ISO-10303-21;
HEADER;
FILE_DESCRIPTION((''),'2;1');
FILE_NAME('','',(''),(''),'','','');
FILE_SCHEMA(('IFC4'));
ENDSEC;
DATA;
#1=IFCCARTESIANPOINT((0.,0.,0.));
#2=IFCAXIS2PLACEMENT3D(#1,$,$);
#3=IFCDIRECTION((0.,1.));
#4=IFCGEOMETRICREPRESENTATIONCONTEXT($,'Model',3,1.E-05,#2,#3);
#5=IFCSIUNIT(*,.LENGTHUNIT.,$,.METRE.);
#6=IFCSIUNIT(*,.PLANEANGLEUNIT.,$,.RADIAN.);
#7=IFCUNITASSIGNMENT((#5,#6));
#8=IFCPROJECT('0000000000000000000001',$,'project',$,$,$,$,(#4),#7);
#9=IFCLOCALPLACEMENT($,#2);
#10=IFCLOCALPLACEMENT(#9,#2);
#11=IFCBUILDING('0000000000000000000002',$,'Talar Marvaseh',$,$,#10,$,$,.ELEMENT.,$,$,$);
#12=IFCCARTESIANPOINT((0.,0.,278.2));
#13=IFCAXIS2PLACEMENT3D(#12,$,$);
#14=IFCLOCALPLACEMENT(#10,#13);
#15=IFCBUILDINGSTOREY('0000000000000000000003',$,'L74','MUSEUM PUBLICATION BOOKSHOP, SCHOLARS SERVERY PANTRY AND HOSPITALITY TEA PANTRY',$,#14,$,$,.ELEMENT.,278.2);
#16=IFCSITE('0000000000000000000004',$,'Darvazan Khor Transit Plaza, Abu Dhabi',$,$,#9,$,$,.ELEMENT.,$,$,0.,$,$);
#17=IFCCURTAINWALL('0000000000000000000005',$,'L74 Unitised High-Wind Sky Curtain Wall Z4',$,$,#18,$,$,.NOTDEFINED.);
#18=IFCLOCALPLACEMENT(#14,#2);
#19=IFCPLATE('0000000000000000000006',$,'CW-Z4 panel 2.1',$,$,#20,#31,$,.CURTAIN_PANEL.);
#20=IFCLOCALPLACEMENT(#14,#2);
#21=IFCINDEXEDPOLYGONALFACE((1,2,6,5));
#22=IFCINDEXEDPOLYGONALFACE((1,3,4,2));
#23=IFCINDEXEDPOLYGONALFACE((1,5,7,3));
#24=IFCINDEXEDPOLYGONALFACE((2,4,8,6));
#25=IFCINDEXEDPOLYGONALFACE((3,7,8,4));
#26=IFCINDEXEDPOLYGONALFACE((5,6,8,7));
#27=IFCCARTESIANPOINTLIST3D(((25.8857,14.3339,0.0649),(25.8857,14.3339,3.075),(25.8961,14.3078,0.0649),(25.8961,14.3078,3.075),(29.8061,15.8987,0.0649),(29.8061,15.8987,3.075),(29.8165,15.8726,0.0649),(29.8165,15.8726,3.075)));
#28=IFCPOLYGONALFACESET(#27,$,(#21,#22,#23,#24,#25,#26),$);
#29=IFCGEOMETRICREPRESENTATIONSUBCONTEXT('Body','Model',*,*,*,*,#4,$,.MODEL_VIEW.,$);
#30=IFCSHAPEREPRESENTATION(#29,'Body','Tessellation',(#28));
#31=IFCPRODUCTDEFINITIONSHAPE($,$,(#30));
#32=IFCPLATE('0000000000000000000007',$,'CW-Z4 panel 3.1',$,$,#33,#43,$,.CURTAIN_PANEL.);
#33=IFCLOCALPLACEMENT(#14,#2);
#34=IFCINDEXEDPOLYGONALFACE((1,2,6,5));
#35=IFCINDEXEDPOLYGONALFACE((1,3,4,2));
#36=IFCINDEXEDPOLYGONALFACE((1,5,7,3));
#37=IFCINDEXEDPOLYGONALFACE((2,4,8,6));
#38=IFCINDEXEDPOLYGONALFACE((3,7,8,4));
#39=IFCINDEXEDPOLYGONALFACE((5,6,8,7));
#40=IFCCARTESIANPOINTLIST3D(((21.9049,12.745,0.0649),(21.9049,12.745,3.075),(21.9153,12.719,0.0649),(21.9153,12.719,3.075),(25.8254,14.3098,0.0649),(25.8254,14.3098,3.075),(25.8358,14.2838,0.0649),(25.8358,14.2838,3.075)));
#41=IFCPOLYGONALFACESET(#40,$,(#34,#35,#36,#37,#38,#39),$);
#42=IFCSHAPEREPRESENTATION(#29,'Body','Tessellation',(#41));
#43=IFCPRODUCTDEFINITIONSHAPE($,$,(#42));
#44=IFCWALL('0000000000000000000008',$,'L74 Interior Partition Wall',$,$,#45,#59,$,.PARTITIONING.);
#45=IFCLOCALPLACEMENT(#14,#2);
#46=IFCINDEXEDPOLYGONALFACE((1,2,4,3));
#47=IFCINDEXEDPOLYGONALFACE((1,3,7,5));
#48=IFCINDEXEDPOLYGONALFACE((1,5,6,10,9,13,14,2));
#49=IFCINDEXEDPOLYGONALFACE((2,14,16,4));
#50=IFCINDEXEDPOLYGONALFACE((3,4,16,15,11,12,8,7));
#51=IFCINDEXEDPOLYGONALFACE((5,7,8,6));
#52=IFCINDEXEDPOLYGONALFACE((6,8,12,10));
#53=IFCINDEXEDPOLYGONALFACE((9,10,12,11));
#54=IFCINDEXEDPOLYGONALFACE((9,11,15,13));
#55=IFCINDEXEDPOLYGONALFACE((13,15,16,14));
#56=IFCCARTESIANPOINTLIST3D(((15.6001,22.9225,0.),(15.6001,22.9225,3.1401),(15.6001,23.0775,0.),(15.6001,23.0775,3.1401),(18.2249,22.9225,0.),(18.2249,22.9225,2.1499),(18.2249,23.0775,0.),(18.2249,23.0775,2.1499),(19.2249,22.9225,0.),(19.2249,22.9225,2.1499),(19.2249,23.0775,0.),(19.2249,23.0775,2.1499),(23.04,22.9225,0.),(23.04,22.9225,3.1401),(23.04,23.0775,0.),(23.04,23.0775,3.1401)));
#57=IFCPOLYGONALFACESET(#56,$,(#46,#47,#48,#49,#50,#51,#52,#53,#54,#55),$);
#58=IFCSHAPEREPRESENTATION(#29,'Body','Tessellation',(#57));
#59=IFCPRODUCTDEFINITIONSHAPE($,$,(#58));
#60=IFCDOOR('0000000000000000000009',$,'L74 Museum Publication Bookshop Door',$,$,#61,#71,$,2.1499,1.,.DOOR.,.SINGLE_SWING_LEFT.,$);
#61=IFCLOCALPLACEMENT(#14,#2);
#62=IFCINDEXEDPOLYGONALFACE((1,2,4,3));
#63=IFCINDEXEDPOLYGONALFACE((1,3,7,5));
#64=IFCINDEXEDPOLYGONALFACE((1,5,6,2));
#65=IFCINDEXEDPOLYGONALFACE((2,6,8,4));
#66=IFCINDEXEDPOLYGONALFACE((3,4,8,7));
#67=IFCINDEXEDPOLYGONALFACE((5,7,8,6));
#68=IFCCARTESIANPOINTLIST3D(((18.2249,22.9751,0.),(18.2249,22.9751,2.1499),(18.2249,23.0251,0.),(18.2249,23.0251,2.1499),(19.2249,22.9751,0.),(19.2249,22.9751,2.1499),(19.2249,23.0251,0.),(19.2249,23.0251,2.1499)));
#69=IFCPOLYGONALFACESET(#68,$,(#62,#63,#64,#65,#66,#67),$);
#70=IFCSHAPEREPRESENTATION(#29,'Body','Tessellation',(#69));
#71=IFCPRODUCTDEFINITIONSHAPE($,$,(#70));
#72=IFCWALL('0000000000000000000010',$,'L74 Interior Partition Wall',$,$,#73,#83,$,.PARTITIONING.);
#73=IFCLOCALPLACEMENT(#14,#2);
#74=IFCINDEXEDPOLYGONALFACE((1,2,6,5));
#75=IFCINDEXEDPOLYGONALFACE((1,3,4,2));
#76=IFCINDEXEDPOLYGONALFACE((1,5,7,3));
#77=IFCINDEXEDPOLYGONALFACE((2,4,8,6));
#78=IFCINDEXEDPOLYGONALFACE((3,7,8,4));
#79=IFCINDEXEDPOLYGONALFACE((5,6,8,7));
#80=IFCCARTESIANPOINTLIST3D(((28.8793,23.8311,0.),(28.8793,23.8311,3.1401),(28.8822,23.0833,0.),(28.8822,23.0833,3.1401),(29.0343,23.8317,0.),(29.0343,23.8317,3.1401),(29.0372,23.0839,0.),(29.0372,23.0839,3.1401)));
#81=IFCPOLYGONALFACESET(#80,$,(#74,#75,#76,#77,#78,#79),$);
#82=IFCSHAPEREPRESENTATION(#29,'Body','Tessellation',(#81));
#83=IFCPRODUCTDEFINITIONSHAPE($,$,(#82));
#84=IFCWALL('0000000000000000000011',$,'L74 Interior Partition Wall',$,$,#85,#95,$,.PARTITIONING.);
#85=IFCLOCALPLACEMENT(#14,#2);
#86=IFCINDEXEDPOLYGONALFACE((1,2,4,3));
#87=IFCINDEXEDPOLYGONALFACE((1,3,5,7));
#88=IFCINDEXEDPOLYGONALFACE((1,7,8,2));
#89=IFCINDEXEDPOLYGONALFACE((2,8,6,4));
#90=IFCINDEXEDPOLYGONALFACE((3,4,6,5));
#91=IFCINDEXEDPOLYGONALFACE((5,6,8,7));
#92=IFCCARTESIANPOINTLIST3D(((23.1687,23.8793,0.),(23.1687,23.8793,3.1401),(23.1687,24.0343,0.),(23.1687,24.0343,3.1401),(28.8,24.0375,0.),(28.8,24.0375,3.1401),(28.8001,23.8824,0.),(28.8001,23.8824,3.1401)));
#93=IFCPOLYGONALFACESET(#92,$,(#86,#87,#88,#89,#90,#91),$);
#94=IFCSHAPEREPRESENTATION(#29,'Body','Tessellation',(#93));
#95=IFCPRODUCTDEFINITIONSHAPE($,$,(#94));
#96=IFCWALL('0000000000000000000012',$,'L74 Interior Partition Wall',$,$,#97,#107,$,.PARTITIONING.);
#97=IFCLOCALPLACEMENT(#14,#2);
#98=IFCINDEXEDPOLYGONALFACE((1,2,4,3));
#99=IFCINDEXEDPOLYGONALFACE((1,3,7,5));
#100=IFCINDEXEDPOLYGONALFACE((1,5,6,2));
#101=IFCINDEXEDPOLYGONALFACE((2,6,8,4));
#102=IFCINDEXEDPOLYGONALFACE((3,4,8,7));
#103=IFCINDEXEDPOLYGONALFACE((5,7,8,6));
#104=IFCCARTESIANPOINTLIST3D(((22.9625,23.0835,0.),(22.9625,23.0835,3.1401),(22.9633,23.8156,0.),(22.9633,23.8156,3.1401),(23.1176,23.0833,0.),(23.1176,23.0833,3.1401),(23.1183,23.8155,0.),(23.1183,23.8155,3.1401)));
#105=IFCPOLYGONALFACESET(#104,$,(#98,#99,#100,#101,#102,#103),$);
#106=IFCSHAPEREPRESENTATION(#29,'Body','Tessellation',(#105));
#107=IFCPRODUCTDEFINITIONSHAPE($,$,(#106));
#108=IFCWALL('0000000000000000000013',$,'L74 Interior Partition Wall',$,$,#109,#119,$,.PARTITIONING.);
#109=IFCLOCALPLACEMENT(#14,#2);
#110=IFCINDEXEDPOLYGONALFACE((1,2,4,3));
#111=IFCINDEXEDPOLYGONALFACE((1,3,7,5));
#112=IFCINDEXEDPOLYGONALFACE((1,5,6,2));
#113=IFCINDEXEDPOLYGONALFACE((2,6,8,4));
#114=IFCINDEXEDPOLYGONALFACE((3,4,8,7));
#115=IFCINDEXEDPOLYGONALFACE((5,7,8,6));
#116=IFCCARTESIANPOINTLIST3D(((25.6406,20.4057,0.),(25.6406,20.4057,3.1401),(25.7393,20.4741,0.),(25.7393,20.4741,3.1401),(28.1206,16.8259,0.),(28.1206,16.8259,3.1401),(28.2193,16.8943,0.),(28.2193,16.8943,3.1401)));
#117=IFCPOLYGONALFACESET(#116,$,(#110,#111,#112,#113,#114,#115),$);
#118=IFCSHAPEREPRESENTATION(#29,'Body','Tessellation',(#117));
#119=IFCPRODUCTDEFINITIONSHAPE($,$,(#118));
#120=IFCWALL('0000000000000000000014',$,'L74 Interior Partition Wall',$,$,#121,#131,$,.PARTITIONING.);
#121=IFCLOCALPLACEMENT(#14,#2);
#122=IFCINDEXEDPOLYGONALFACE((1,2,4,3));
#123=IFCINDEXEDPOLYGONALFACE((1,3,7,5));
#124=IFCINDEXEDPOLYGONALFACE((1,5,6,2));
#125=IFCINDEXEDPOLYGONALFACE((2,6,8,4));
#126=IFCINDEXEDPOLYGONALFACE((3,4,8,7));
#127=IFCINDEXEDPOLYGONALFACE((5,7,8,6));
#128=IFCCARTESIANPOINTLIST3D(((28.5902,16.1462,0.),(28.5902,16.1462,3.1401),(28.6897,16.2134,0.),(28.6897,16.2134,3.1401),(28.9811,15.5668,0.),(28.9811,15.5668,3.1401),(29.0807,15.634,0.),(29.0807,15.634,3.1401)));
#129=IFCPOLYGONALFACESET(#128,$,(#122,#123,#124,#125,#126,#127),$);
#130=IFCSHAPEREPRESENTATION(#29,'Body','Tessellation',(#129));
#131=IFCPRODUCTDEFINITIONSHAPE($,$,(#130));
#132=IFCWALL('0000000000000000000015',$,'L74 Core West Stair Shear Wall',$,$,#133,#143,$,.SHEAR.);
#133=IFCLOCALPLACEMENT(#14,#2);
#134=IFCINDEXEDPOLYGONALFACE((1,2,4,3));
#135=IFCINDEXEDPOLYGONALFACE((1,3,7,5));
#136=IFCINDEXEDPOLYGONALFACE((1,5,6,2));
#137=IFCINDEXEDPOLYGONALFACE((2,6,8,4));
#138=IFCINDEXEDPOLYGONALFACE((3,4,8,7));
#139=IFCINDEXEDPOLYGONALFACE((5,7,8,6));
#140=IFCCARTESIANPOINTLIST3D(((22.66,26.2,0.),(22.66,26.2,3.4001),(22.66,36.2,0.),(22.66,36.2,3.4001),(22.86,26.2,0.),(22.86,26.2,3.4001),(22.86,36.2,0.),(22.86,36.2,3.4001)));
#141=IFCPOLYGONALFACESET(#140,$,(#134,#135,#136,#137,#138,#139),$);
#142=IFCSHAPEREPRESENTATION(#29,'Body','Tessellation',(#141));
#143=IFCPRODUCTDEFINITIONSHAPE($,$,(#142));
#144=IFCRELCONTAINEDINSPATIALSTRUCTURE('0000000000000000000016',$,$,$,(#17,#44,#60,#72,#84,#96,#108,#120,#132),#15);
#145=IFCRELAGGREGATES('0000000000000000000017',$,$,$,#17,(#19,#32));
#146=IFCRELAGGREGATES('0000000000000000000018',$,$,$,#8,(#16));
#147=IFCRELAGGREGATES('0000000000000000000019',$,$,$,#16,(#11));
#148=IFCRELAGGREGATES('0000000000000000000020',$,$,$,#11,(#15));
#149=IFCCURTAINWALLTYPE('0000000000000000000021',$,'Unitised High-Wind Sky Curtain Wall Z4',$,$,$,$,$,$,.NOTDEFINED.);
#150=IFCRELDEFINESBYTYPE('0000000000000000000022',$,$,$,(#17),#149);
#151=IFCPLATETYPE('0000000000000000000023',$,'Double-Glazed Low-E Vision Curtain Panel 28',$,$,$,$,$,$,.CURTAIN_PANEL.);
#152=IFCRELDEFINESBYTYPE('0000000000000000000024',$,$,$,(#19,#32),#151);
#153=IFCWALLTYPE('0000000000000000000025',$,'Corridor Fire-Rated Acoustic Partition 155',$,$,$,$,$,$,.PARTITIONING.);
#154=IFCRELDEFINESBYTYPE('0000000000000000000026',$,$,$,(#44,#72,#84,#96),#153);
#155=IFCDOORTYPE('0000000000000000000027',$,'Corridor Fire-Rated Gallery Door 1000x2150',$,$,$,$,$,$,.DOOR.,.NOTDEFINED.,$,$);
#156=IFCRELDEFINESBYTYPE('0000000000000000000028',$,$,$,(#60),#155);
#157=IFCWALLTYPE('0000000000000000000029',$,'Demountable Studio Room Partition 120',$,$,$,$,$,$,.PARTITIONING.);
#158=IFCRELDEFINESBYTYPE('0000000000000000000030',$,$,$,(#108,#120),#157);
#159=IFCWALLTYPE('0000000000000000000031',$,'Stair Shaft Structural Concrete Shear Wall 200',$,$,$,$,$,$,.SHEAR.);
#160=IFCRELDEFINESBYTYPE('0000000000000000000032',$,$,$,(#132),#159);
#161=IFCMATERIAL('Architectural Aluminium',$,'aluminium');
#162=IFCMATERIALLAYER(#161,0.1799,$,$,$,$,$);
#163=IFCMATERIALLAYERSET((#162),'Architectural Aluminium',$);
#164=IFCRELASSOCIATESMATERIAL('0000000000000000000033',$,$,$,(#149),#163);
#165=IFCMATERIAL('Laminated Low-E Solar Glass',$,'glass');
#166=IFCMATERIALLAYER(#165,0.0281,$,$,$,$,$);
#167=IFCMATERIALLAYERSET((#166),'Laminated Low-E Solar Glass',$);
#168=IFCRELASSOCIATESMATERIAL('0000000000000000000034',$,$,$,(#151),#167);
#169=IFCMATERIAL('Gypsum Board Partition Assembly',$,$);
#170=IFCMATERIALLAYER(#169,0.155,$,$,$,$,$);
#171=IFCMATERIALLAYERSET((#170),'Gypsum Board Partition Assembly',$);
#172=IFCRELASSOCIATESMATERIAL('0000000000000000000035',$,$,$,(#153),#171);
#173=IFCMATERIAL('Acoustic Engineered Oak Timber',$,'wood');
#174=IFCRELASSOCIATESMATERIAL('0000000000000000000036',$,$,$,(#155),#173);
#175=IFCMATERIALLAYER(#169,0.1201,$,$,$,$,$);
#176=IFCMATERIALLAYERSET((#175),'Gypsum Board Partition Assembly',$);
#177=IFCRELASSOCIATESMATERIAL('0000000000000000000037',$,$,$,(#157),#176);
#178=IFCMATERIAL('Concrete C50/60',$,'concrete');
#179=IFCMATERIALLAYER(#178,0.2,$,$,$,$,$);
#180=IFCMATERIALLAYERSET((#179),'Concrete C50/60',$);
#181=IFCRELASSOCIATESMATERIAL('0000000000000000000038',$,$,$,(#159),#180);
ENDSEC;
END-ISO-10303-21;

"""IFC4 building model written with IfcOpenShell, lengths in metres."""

from ifc_helpers import new_model, si_unit, direction, frame, frame_2d, origin, origin_2d, place, context, subcontext, project, spatial, rectangle, extrude, source, transform, mapped, material, layer, layer_set, type_object, type_shapes, element, fill, aggregate, save


model = new_model("IFC4")

# Units and contexts
model_context = context("Model", 3, precision=1e-05, world=origin(), true_north=direction((0.0, 1.0)))
body_context = subcontext(model_context, "Body", "Model", "MODEL_VIEW")
ifc_project = project(units=[si_unit("LENGTHUNIT", "METRE"), si_unit("PLANEANGLEUNIT", "RADIAN")], contexts=[model_context])

# Site, building, storey
site_placement = place(None, origin())
site = spatial("IfcSite", under=ifc_project, at=site_placement, Name="Darvazan Khor Transit Plaza, Abu Dhabi", CompositionType="ELEMENT", RefElevation=0.0)
building_placement = place(site_placement, origin())
building = spatial("IfcBuilding", under=site, at=building_placement, Name="Talar Marvaseh", CompositionType="ELEMENT")
storey_placement = place(building_placement, frame((0.0, 0.0, 278.2)))
storey = spatial("IfcBuildingStorey", under=building, at=storey_placement, Name="L74", Description="MUSEUM PUBLICATION BOOKSHOP, SCHOLARS SERVERY PANTRY AND HOSPITALITY TEA PANTRY", CompositionType="ELEMENT", Elevation=278.2)

# Shared definitions
ifc_material_1 = material(Name="Concrete C50/60", Category="concrete")

# Curtain wall, plates
ifc_material_2 = material(Name="Architectural Aluminium", Category="aluminium")
ifc_layer_1 = layer(ifc_material_2, 0.1799)
ifc_layer_set_1 = layer_set([ifc_layer_1], Name="Architectural Aluminium")
curtain_wall_type = type_object("IfcCurtainWallType", Name="Unitised High-Wind Sky Curtain Wall Z4", PredefinedType="NOTDEFINED", material=ifc_layer_set_1)
curtain_wall_placement = place(storey_placement, origin())
curtain_wall = element("IfcCurtainWall", 1, at=curtain_wall_placement, inside=storey, type_object=curtain_wall_type, Name="L74 Unitised High-Wind Sky Curtain Wall Z4", PredefinedType="NOTDEFINED")
ifc_material_3 = material(Name="Laminated Low-E Solar Glass", Category="glass")
ifc_layer_2 = layer(ifc_material_3, 0.0281)
ifc_layer_set_2 = layer_set([ifc_layer_2], Name="Laminated Low-E Solar Glass")
plate_type = type_object("IfcPlateType", Name="Double-Glazed Low-E Vision Curtain Panel 28", PredefinedType="CURTAIN_PANEL", material=ifc_layer_set_2)
shared_shape_1 = source(origin(), body_context, "Body", "SweptSolid", [
    extrude(rectangle(XDim=4.2212, YDim=0.0281, at=origin_2d()), origin(), (0.0, 0.0, 1.0), 3.01),
])
type_shapes(plate_type, [shared_shape_1])
plate_1_placement = place(storey_placement, frame((27.8511, 15.1033, 0.0649), z_axis=(0.0, 0.0, 1.0), x_axis=(-0.928752, -0.370702, 0.0)))
plate_1 = element("IfcPlate", 2, at=plate_1_placement, type_object=plate_type, Name="CW-Z4 panel 2.1", PredefinedType="CURTAIN_PANEL", context=body_context, shape_type="MappedRepresentation", body=[
    mapped(shared_shape_1, transform((0.0, 0.0, 0.0), x_axis=(1.0, 0.0, 0.0), y_axis=(0.0, 1.0, 0.0), z_axis=(0.0, 0.0, 1.0), scale=1.0)),
])
plate_2_placement = place(storey_placement, frame((23.8704, 13.5144, 0.0649), z_axis=(0.0, 0.0, 1.0), x_axis=(-0.928752, -0.370702, 0.0)))
plate_2 = element("IfcPlate", 3, at=plate_2_placement, type_object=plate_type, Name="CW-Z4 panel 3.1", PredefinedType="CURTAIN_PANEL", context=body_context, shape_type="MappedRepresentation", body=[
    mapped(shared_shape_1, transform((0.0, 0.0, 0.0), x_axis=(1.0, 0.0, 0.0), y_axis=(0.0, 1.0, 0.0), z_axis=(0.0, 0.0, 1.0), scale=1.0)),
])
aggregate(curtain_wall, [plate_1, plate_2])

# Wall, opening, door
ifc_material_4 = material(Name="Gypsum Board Partition Assembly")
ifc_layer_3 = layer(ifc_material_4, 0.155)
ifc_layer_set_3 = layer_set([ifc_layer_3], Name="Gypsum Board Partition Assembly")
wall_type_1 = type_object("IfcWallType", Name="Corridor Fire-Rated Acoustic Partition 155", PredefinedType="PARTITIONING", material=ifc_layer_set_3)
wall_1_placement = place(storey_placement, frame((23.04, 23.0, 0.0), z_axis=(0.0, 0.0, 1.0), x_axis=(-1.0, 0.0, 0.0)))
wall_1 = element("IfcWall", 4, at=wall_1_placement, inside=storey, type_object=wall_type_1, Name="L74 Interior Partition Wall", PredefinedType="PARTITIONING", context=body_context, shape_type="SweptSolid", body=[
    extrude(rectangle(XDim=7.4399, YDim=0.155, at=frame_2d((3.72, 0.0))), origin(), (0.0, 0.0, 1.0), 3.1401),
])
opening_placement = place(wall_1_placement, frame((3.8152, 0.0, 0.0)))
opening = element("IfcOpeningElement", 5, at=opening_placement, cuts=wall_1, PredefinedType="OPENING", context=body_context, shape_type="SweptSolid", body=[
    extrude(rectangle(XDim=1.0, YDim=2.1499, at=frame_2d((0.5, 1.075))), frame((0.0, 0.0874, 0.0), z_axis=(0.0, -1.0, 0.0), x_axis=(1.0, 0.0, 0.0)), (0.0, 0.0, 1.0), 0.175),
])
ifc_material_5 = material(Name="Acoustic Engineered Oak Timber", Category="wood")
door_type = type_object("IfcDoorType", Name="Corridor Fire-Rated Gallery Door 1000x2150", OperationType="NOTDEFINED", PredefinedType="DOOR", material=ifc_material_5)
shared_shape_2 = source(origin(), body_context, "Body", "SweptSolid", [
    extrude(rectangle(XDim=1.0, YDim=2.1499, at=frame_2d((0.5, 1.075))), frame((0.0, 0.0249, 0.0), z_axis=(0.0, -1.0, 0.0), x_axis=(1.0, 0.0, 0.0)), (0.0, 0.0, 1.0), 0.05),
])
type_shapes(door_type, [shared_shape_2])
door_placement = place(opening_placement, origin())
door = element("IfcDoor", 6, at=door_placement, inside=storey, type_object=door_type, Name="L74 Museum Publication Bookshop Door", OperationType="SINGLE_SWING_LEFT", OverallHeight=2.1499, OverallWidth=1.0, PredefinedType="DOOR", context=body_context, shape_type="MappedRepresentation", body=[
    mapped(shared_shape_2, transform((0.0, 0.0, 0.0), x_axis=(1.0, 0.0, 0.0), y_axis=(0.0, 1.0, 0.0), z_axis=(0.0, 0.0, 1.0), scale=1.0)),
])
fill(opening, door)

# Walls
wall_2_placement = place(storey_placement, frame((28.9597, 23.0835, 0.0), z_axis=(0.0, 0.0, 1.0), x_axis=(-0.003918, 0.999992, 0.0)))
element("IfcWall", 7, at=wall_2_placement, inside=storey, type_object=wall_type_1, Name="L74 Interior Partition Wall", PredefinedType="PARTITIONING", context=body_context, shape_type="SweptSolid", body=[
    extrude(rectangle(XDim=0.7478, YDim=0.155, at=frame_2d((0.374, 0.0))), origin(), (0.0, 0.0, 1.0), 3.1401),
])
wall_3_placement = place(storey_placement, frame((28.8, 23.96, 0.0), z_axis=(0.0, 0.0, 1.0), x_axis=(-1.0, -0.000564, 0.0)))
element("IfcWall", 8, at=wall_3_placement, inside=storey, type_object=wall_type_1, Name="L74 Interior Partition Wall", PredefinedType="PARTITIONING", context=body_context, shape_type="SweptSolid", body=[
    extrude(rectangle(XDim=5.6313, YDim=0.155, at=frame_2d((2.8157, 0.0))), origin(), (0.0, 0.0, 1.0), 3.1401),
])
wall_4_placement = place(storey_placement, frame((23.0408, 23.8157, 0.0), z_axis=(0.0, 0.0, 1.0), x_axis=(-0.001, -0.999999, 0.0)))
element("IfcWall", 9, at=wall_4_placement, inside=storey, type_object=wall_type_1, Name="L74 Interior Partition Wall", PredefinedType="PARTITIONING", context=body_context, shape_type="SweptSolid", body=[
    extrude(rectangle(XDim=0.7322, YDim=0.155, at=frame_2d((0.3662, 0.0))), origin(), (0.0, 0.0, 1.0), 3.1401),
])
ifc_layer_4 = layer(ifc_material_4, 0.1201)
ifc_layer_set_4 = layer_set([ifc_layer_4], Name="Gypsum Board Partition Assembly")
wall_type_2 = type_object("IfcWallType", Name="Demountable Studio Room Partition 120", PredefinedType="PARTITIONING", material=ifc_layer_set_4)
wall_5_placement = place(storey_placement, frame((25.6899, 20.4399, 0.0), z_axis=(0.0, 0.0, 1.0), x_axis=(0.569464, -0.822017, 0.0)))
element("IfcWall", 10, at=wall_5_placement, inside=storey, type_object=wall_type_2, Name="L74 Interior Partition Wall", PredefinedType="PARTITIONING", context=body_context, shape_type="SweptSolid", body=[
    extrude(rectangle(XDim=4.355, YDim=0.1201, at=frame_2d((2.1775, 0.0))), origin(), (0.0, 0.0, 1.0), 3.1401),
])
wall_6_placement = place(storey_placement, frame((28.6399, 16.1799, 0.0), z_axis=(0.0, 0.0, 1.0), x_axis=(0.559287, -0.828974, 0.0)))
element("IfcWall", 11, at=wall_6_placement, inside=storey, type_object=wall_type_2, Name="L74 Interior Partition Wall", PredefinedType="PARTITIONING", context=body_context, shape_type="SweptSolid", body=[
    extrude(rectangle(XDim=0.699, YDim=0.1201, at=frame_2d((0.3496, 0.0))), origin(), (0.0, 0.0, 1.0), 3.1401),
])
ifc_layer_5 = layer(ifc_material_1, 0.2)
ifc_layer_set_5 = layer_set([ifc_layer_5], Name="Concrete C50/60")
wall_type_3 = type_object("IfcWallType", Name="Stair Shaft Structural Concrete Shear Wall 200", PredefinedType="SHEAR", material=ifc_layer_set_5)
wall_7_placement = place(storey_placement, frame((22.76, 26.2, 0.0), z_axis=(0.0, 0.0, 1.0), x_axis=(0.0, 1.0, 0.0)))
element("IfcWall", 12, at=wall_7_placement, inside=storey, type_object=wall_type_3, Name="L74 Core West Stair Shear Wall", PredefinedType="SHEAR", context=body_context, shape_type="SweptSolid", body=[
    extrude(rectangle(XDim=10.0, YDim=0.2, at=frame_2d((5.0, 0.0))), origin(), (0.0, 0.0, 1.0), 3.4001),
])

save(model, "model.ifc")
